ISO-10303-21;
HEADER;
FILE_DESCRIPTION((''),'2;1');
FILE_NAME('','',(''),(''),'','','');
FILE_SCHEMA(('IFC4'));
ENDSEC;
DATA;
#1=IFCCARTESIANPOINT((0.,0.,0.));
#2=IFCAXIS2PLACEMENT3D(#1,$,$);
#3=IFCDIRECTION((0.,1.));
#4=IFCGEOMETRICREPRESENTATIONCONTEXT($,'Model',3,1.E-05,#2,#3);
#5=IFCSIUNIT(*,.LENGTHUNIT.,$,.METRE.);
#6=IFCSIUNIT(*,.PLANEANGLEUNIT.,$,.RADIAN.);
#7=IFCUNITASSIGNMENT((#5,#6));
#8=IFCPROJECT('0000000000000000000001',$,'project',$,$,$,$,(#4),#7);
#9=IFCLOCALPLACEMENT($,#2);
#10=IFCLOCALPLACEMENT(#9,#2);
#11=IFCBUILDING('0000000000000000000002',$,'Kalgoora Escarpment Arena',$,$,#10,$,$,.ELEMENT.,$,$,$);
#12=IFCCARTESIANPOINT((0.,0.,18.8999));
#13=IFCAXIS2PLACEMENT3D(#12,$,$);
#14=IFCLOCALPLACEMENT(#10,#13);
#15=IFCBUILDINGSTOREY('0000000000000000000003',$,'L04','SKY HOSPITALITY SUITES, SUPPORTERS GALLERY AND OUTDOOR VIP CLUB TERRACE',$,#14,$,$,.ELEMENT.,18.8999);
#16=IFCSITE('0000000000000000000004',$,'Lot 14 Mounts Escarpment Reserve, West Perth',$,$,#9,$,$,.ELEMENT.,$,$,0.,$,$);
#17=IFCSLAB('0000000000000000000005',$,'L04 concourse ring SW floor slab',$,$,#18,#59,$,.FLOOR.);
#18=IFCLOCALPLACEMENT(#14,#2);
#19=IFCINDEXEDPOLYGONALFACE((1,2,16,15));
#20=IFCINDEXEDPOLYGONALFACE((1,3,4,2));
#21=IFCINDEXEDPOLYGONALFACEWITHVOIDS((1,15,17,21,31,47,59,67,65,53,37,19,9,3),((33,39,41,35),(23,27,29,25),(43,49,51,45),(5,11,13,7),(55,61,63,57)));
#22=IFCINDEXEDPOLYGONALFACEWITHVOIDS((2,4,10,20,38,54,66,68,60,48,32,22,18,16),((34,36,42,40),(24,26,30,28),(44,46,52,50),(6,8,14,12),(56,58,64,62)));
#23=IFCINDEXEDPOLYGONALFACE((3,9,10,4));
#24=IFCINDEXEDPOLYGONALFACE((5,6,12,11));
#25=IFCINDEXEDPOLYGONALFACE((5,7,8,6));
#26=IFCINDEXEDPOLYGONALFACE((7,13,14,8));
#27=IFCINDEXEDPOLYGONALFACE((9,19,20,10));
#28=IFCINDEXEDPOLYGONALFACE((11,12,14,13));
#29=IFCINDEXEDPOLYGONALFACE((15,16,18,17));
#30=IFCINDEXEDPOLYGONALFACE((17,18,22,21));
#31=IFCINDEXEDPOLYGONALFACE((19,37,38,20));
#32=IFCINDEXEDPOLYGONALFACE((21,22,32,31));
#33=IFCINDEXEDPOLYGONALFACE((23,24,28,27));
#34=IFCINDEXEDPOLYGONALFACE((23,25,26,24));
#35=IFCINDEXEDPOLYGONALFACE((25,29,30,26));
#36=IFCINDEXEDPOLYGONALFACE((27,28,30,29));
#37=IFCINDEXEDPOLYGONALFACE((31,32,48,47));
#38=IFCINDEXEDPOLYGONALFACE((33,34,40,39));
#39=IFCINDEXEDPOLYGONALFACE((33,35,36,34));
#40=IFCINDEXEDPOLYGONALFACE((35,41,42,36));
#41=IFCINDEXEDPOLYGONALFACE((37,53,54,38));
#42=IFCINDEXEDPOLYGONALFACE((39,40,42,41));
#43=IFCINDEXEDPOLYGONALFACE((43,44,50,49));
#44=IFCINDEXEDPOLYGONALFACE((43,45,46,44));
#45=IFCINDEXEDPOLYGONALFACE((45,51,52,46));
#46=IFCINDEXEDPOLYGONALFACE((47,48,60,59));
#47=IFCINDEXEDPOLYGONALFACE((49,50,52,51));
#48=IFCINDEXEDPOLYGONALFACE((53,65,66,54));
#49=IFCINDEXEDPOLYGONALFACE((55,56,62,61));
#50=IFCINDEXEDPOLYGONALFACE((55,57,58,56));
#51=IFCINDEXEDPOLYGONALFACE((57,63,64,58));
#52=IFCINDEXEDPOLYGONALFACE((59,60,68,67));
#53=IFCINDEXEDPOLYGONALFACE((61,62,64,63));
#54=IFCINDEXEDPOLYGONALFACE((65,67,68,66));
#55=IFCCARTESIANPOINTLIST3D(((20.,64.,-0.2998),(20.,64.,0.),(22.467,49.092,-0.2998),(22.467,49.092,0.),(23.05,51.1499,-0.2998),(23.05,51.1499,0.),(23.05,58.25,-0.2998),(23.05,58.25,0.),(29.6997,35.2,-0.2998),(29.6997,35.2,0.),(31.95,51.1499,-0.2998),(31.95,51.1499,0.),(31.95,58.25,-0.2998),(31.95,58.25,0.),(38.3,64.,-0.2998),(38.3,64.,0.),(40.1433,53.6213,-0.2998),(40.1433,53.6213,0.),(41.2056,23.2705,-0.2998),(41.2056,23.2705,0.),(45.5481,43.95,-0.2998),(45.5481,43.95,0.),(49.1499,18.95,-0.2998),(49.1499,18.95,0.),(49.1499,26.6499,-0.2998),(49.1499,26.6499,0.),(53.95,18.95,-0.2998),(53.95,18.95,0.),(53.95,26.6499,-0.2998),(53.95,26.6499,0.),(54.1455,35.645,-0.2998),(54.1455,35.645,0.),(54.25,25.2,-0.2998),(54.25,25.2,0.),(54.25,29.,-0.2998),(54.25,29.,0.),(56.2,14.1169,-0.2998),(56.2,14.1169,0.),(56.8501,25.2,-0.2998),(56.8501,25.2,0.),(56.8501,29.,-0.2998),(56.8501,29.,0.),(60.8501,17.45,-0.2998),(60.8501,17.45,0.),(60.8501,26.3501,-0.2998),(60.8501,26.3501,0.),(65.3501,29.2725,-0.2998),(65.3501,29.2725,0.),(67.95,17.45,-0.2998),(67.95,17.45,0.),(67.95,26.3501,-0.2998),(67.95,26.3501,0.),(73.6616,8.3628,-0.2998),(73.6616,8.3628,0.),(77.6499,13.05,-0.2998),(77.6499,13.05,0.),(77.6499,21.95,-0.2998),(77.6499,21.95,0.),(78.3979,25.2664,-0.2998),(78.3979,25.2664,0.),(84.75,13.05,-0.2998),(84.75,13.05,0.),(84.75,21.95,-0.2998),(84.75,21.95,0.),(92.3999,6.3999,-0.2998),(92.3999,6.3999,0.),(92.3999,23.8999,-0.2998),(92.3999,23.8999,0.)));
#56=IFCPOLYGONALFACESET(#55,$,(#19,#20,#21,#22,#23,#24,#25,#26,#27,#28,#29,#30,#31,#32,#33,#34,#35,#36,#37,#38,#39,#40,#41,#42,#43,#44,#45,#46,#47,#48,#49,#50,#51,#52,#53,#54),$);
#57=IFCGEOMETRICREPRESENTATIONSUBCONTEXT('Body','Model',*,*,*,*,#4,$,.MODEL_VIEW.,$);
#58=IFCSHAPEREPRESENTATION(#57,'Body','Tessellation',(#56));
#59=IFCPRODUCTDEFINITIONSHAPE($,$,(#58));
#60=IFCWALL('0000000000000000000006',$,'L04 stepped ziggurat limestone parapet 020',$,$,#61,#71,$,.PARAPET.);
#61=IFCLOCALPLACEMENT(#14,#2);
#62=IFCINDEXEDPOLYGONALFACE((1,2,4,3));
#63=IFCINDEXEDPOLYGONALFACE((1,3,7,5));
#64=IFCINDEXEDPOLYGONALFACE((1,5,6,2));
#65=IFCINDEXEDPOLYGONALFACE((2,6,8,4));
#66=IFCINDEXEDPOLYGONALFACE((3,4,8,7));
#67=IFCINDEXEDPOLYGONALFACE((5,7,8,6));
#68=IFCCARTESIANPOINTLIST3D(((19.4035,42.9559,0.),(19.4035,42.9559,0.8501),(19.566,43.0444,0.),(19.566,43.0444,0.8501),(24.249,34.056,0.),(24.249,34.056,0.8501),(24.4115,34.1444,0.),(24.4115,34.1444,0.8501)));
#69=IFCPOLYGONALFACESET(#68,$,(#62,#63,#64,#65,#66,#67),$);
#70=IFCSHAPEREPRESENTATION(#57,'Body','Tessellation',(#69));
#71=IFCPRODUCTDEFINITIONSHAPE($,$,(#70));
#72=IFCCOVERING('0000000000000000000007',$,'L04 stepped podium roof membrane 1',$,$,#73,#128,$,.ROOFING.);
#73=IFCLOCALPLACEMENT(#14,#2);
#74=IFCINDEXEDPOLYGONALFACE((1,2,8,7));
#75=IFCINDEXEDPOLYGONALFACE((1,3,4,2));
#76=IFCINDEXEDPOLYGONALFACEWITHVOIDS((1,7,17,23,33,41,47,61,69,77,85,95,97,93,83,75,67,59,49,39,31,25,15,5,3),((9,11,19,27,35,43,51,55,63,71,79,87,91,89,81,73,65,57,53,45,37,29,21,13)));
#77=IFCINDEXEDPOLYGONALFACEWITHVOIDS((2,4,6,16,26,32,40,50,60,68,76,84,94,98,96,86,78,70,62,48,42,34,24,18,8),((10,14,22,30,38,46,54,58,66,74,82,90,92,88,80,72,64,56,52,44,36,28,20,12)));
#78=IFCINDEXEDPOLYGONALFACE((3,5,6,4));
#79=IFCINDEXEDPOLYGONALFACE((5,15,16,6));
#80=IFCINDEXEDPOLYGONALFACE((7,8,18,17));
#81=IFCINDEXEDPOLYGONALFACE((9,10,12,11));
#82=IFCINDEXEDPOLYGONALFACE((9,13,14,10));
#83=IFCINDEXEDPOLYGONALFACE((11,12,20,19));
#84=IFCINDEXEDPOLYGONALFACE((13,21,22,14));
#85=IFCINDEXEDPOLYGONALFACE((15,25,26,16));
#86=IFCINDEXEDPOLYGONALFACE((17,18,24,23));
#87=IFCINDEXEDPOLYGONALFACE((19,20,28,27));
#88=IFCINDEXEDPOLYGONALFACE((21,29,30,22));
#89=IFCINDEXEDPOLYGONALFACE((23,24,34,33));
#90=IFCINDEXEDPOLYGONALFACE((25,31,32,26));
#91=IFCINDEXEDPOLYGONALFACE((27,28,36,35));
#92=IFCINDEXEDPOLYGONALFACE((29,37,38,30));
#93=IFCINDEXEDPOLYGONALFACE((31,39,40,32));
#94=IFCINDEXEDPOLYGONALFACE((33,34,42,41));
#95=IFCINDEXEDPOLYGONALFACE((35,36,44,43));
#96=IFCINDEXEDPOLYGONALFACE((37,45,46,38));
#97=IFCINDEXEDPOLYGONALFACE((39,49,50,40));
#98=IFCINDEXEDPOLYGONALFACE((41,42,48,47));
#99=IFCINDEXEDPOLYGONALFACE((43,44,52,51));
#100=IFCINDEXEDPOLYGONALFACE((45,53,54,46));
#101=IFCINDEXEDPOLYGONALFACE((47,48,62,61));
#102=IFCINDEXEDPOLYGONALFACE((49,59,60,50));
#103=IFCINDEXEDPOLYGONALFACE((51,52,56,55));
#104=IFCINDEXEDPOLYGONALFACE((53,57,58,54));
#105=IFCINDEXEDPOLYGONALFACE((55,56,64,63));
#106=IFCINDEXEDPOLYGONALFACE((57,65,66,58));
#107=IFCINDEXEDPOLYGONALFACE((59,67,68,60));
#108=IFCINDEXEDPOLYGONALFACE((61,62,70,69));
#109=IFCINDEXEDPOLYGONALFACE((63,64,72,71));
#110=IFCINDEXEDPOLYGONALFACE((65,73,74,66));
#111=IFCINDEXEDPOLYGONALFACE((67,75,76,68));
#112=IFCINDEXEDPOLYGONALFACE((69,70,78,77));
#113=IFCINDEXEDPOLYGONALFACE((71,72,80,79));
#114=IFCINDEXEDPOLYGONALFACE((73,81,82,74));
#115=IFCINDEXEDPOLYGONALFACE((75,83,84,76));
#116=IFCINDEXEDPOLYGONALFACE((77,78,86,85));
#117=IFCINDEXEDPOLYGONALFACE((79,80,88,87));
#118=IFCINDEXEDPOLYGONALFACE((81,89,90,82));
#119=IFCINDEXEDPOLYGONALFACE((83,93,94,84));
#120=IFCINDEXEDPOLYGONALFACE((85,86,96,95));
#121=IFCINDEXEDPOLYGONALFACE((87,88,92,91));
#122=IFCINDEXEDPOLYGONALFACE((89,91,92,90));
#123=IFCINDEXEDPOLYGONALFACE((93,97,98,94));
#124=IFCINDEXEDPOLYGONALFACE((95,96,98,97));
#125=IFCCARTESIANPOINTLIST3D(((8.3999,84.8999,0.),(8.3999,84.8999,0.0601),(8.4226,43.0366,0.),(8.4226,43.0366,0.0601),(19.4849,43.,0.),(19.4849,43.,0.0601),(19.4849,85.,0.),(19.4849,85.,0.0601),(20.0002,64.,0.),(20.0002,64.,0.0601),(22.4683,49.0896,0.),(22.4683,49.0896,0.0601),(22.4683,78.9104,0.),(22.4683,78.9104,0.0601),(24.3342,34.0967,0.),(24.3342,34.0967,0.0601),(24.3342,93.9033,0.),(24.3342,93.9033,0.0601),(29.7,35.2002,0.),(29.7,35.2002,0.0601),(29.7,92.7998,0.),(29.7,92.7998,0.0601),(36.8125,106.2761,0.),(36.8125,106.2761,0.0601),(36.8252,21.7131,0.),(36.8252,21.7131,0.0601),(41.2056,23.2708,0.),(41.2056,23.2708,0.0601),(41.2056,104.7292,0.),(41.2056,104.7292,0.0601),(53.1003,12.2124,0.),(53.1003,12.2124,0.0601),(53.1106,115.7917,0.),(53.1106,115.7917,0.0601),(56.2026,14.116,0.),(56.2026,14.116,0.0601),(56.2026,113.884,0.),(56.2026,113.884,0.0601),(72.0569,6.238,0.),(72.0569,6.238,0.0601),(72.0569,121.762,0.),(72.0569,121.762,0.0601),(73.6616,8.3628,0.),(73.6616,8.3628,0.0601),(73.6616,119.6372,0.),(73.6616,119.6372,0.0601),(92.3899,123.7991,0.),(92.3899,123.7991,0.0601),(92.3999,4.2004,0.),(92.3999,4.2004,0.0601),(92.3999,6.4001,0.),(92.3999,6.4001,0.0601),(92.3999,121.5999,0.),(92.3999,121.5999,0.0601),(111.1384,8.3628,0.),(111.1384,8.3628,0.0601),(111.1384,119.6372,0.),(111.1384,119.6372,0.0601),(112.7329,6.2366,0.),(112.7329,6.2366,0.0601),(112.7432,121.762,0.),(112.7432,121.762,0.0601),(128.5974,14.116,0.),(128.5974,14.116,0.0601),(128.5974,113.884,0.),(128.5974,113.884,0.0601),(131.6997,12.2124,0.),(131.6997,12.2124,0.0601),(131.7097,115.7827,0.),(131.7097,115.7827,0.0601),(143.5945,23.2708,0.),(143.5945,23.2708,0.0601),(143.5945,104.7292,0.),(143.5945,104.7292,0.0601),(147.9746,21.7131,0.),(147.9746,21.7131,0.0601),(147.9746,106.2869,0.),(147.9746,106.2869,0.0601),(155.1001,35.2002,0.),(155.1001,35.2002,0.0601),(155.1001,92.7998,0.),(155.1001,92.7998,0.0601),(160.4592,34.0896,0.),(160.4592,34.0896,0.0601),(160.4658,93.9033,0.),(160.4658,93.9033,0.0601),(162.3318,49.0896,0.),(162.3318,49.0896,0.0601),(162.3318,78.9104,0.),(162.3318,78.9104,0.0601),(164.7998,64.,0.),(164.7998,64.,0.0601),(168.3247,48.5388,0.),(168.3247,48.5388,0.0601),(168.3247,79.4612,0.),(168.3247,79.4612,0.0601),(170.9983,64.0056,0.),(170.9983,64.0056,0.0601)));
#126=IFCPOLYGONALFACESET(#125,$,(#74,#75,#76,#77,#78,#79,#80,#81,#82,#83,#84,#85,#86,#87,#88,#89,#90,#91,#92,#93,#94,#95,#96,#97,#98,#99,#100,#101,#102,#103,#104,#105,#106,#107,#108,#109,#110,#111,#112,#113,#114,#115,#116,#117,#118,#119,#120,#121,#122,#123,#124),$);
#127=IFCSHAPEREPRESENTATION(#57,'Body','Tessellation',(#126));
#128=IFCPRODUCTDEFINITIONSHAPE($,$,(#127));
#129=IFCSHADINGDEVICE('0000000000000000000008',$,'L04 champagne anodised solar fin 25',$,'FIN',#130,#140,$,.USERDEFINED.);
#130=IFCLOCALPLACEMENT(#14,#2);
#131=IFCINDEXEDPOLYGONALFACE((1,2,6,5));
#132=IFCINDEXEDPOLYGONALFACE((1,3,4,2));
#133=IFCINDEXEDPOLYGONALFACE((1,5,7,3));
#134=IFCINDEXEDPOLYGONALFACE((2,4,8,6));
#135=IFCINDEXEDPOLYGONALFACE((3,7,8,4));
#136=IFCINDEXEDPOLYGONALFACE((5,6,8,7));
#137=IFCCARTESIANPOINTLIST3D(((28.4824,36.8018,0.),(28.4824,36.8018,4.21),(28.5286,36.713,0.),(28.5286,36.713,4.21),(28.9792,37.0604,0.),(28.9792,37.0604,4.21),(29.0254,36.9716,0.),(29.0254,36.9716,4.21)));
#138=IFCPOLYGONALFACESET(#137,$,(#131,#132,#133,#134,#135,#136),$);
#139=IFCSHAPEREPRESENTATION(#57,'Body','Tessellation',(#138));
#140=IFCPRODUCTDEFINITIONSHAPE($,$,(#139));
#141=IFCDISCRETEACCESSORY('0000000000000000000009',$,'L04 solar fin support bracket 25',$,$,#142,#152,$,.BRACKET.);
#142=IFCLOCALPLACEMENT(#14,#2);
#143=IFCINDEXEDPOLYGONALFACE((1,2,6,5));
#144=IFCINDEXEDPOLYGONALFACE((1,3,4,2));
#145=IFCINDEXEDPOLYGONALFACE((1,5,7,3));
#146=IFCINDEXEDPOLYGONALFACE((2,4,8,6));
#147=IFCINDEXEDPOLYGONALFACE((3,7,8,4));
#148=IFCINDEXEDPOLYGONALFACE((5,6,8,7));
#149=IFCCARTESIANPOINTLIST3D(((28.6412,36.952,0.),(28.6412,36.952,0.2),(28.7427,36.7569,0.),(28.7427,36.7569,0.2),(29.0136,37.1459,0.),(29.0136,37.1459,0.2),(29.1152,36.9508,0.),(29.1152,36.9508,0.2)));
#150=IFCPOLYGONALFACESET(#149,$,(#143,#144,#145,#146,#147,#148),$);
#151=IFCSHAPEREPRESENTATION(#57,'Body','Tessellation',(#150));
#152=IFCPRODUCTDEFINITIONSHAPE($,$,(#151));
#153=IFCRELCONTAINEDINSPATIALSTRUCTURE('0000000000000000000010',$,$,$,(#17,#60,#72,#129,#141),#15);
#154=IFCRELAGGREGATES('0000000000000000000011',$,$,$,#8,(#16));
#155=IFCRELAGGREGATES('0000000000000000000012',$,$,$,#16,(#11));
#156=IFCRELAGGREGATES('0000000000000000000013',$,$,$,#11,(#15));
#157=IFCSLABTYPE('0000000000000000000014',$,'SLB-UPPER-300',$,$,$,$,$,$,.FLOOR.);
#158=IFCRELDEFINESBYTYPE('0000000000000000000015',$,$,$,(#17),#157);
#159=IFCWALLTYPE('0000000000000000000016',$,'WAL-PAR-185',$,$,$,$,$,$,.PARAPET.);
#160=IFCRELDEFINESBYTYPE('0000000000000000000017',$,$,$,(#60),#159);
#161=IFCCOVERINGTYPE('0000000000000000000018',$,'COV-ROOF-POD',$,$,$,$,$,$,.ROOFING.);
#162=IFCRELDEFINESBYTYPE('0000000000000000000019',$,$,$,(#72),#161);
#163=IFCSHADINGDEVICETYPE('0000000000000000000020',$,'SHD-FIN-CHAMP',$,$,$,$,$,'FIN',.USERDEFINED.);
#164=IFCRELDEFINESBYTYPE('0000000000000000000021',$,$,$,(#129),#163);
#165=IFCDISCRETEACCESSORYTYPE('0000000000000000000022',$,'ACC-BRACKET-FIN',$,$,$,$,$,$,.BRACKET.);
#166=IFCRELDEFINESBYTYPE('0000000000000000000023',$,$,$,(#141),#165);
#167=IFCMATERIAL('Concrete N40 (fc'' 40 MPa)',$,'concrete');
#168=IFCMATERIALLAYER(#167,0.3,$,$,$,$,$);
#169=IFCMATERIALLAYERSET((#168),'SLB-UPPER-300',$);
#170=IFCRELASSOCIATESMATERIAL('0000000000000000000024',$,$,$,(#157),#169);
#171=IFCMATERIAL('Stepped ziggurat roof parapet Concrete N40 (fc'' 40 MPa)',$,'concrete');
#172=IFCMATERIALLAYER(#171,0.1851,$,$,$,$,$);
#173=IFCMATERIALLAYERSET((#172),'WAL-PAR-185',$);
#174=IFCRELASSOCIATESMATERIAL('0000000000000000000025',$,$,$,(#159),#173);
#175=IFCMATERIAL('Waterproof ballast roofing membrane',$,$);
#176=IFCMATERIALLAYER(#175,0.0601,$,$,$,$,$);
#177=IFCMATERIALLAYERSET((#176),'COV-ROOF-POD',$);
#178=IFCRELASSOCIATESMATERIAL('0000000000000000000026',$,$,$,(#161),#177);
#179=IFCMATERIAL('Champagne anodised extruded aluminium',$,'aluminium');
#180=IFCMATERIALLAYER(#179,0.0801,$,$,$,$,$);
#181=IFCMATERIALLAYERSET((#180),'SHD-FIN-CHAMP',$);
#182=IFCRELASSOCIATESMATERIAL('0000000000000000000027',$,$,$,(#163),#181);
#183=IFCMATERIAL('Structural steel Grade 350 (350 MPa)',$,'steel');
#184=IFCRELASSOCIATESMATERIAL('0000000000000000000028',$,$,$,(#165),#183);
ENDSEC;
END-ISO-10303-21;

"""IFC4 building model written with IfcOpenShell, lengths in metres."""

from ifc_helpers import new_model, si_unit, direction, frame, frame_2d, origin, origin_2d, place, context, subcontext, project, spatial, polyline, rectangle, outline, extrude, material, layer, layer_set, type_object, element, save


model = new_model("IFC4")

# Units and contexts
model_context = context("Model", 3, precision=1e-05, world=origin(), true_north=direction((0.0, 1.0)))
body_context = subcontext(model_context, "Body", "Model", "MODEL_VIEW")
ifc_project = project(units=[si_unit("LENGTHUNIT", "METRE"), si_unit("PLANEANGLEUNIT", "RADIAN")], contexts=[model_context])

# Site, building, storey
site_placement = place(None, origin())
site = spatial("IfcSite", under=ifc_project, at=site_placement, Name="Lot 14 Mounts Escarpment Reserve, West Perth", CompositionType="ELEMENT", RefElevation=0.0)
building_placement = place(site_placement, origin())
building = spatial("IfcBuilding", under=site, at=building_placement, Name="Kalgoora Escarpment Arena", CompositionType="ELEMENT")
storey_placement = place(building_placement, frame((0.0, 0.0, 18.8999)))
storey = spatial("IfcBuildingStorey", under=building, at=storey_placement, Name="L04", Description="SKY HOSPITALITY SUITES, SUPPORTERS GALLERY AND OUTDOOR VIP CLUB TERRACE", CompositionType="ELEMENT", Elevation=18.8999)

# Slab
ifc_material_1 = material(Name="Concrete N40 (fc' 40 MPa)", Category="concrete")
ifc_layer_1 = layer(ifc_material_1, 0.3)
ifc_layer_set_1 = layer_set([ifc_layer_1], Name="SLB-UPPER-300")
slab_type_1 = type_object("IfcSlabType", Name="SLB-UPPER-300", PredefinedType="FLOOR", material=ifc_layer_set_1)
slab_1_placement = place(storey_placement, frame((0.0, 0.0, -0.2998)))
element("IfcSlab", 1, at=slab_1_placement, inside=storey, type_object=slab_type_1, Name="L04 concourse ring SW floor slab", PredefinedType="FLOOR", context=body_context, shape_type="SweptSolid", body=[
    extrude(outline(polyline([(73.6616, 8.3628), (56.2, 14.1169), (41.2056, 23.2705), (29.6997, 35.2), (22.467, 49.092), (20.0, 64.0), (38.3, 64.0), (40.1433, 53.6213), (45.5481, 43.95), (54.1455, 35.645), (65.3501, 29.2725), (78.3979, 25.2664), (92.3999, 23.8999), (92.3999, 6.3999), (73.6616, 8.3628)]), holes=[polyline([(77.6499, 21.95), (77.6499, 13.05), (84.75, 13.05), (84.75, 21.95), (77.6499, 21.95)]), polyline([(60.8501, 26.3501), (60.8501, 17.45), (67.95, 17.45), (67.95, 26.3501), (60.8501, 26.3501)]), polyline([(49.1499, 26.6499), (49.1499, 18.95), (53.95, 18.95), (53.95, 26.6499), (49.1499, 26.6499)]), polyline([(56.8501, 29.0), (54.25, 29.0), (54.25, 25.2), (56.8501, 25.2), (56.8501, 29.0)]), polyline([(31.95, 58.25), (23.05, 58.25), (23.05, 51.1499), (31.95, 51.1499), (31.95, 58.25)])]), origin(), (0.0, 0.0, 1.0), 0.2998),
])

# Wall
ifc_material_2 = material(Name="Stepped ziggurat roof parapet Concrete N40 (fc' 40 MPa)", Category="concrete")
ifc_layer_2 = layer(ifc_material_2, 0.1851)
ifc_layer_set_2 = layer_set([ifc_layer_2], Name="WAL-PAR-185")
wall_type = type_object("IfcWallType", Name="WAL-PAR-185", PredefinedType="PARAPET", material=ifc_layer_set_2)
wall_placement = place(storey_placement, frame((24.3303, 34.1001, 0.0), z_axis=(0.0, 0.0, 1.0), x_axis=(-0.478165, 0.87827, 0.0)))
element("IfcWall", 2, at=wall_placement, inside=storey, type_object=wall_type, Name="L04 stepped ziggurat limestone parapet 020", PredefinedType="PARAPET", context=body_context, shape_type="SweptSolid", body=[
    extrude(rectangle(XDim=10.1335, YDim=0.1851, at=frame_2d((5.0669, 0.0))), origin(), (0.0, 0.0, 1.0), 0.8501),
])

# Covering
ifc_material_3 = material(Name="Waterproof ballast roofing membrane")
ifc_layer_3 = layer(ifc_material_3, 0.0601)
ifc_layer_set_3 = layer_set([ifc_layer_3], Name="COV-ROOF-POD")
covering_type = type_object("IfcCoveringType", Name="COV-ROOF-POD", PredefinedType="ROOFING", material=ifc_layer_set_3)
covering_placement = place(storey_placement, origin())
element("IfcCovering", 3, at=covering_placement, inside=storey, type_object=covering_type, Name="L04 stepped podium roof membrane 1", PredefinedType="ROOFING", context=body_context, shape_type="SweptSolid", body=[
    extrude(outline(polyline([(8.3999, 84.8999), (19.4849, 85.0), (24.3342, 93.9033), (36.8125, 106.2761), (53.1106, 115.7917), (72.0569, 121.762), (92.3899, 123.7991), (112.7432, 121.762), (131.7097, 115.7827), (147.9746, 106.2869), (160.4658, 93.9033), (168.3247, 79.4612), (170.9983, 64.0056), (168.3247, 48.5388), (160.4592, 34.0896), (147.9746, 21.7131), (131.6997, 12.2124), (112.7329, 6.2366), (92.3999, 4.2004), (72.0569, 6.238), (53.1003, 12.2124), (36.8252, 21.7131), (24.3342, 34.0967), (19.4849, 43.0), (8.4226, 43.0366), (8.3999, 84.8999)]), holes=[polyline([(20.0002, 64.0), (22.4683, 49.0896), (29.7, 35.2002), (41.2056, 23.2708), (56.2026, 14.116), (73.6616, 8.3628), (92.3999, 6.4001), (111.1384, 8.3628), (128.5974, 14.116), (143.5945, 23.2708), (155.1001, 35.2002), (162.3318, 49.0896), (164.7998, 64.0), (162.3318, 78.9104), (155.1001, 92.7998), (143.5945, 104.7292), (128.5974, 113.884), (111.1384, 119.6372), (92.3999, 121.5999), (73.6616, 119.6372), (56.2026, 113.884), (41.2056, 104.7292), (29.7, 92.7998), (22.4683, 78.9104), (20.0002, 64.0)])]), origin(), (0.0, 0.0, 1.0), 0.0601),
])

# Shading device
ifc_material_4 = material(Name="Champagne anodised extruded aluminium", Category="aluminium")
ifc_layer_4 = layer(ifc_material_4, 0.0801)
ifc_layer_set_4 = layer_set([ifc_layer_4], Name="SHD-FIN-CHAMP")
shading_device_type = type_object("IfcShadingDeviceType", Name="SHD-FIN-CHAMP", ElementType="FIN", PredefinedType="USERDEFINED", material=ifc_layer_set_4)
shading_device_placement = place(storey_placement, frame((28.7539, 36.8867, 0.0), z_axis=(0.0, 0.0, 1.0), x_axis=(-0.887011, -0.461749, 0.0)))
element("IfcShadingDevice", 4, at=shading_device_placement, inside=storey, type_object=shading_device_type, Name="L04 champagne anodised solar fin 25", ObjectType="FIN", PredefinedType="USERDEFINED", context=body_context, shape_type="SweptSolid", body=[
    extrude(rectangle(XDim=0.5601, YDim=0.1001, at=origin_2d()), origin(), (0.0, 0.0, 1.0), 4.21),
])

# Discrete accessory
ifc_material_5 = material(Name="Structural steel Grade 350 (350 MPa)", Category="steel")
discrete_accessory_type = type_object("IfcDiscreteAccessoryType", Name="ACC-BRACKET-FIN", PredefinedType="BRACKET", material=ifc_material_5)
discrete_accessory_placement = place(storey_placement, frame((28.8782, 36.9514, 0.0), z_axis=(0.0, 0.0, 1.0), x_axis=(-0.887011, -0.461749, 0.0)))
element("IfcDiscreteAccessory", 5, at=discrete_accessory_placement, inside=storey, type_object=discrete_accessory_type, Name="L04 solar fin support bracket 25", PredefinedType="BRACKET", context=body_context, shape_type="SweptSolid", body=[
    extrude(rectangle(XDim=0.4199, YDim=0.22, at=origin_2d()), origin(), (0.0, 0.0, 1.0), 0.2),
])

save(model, "model.ifc")
